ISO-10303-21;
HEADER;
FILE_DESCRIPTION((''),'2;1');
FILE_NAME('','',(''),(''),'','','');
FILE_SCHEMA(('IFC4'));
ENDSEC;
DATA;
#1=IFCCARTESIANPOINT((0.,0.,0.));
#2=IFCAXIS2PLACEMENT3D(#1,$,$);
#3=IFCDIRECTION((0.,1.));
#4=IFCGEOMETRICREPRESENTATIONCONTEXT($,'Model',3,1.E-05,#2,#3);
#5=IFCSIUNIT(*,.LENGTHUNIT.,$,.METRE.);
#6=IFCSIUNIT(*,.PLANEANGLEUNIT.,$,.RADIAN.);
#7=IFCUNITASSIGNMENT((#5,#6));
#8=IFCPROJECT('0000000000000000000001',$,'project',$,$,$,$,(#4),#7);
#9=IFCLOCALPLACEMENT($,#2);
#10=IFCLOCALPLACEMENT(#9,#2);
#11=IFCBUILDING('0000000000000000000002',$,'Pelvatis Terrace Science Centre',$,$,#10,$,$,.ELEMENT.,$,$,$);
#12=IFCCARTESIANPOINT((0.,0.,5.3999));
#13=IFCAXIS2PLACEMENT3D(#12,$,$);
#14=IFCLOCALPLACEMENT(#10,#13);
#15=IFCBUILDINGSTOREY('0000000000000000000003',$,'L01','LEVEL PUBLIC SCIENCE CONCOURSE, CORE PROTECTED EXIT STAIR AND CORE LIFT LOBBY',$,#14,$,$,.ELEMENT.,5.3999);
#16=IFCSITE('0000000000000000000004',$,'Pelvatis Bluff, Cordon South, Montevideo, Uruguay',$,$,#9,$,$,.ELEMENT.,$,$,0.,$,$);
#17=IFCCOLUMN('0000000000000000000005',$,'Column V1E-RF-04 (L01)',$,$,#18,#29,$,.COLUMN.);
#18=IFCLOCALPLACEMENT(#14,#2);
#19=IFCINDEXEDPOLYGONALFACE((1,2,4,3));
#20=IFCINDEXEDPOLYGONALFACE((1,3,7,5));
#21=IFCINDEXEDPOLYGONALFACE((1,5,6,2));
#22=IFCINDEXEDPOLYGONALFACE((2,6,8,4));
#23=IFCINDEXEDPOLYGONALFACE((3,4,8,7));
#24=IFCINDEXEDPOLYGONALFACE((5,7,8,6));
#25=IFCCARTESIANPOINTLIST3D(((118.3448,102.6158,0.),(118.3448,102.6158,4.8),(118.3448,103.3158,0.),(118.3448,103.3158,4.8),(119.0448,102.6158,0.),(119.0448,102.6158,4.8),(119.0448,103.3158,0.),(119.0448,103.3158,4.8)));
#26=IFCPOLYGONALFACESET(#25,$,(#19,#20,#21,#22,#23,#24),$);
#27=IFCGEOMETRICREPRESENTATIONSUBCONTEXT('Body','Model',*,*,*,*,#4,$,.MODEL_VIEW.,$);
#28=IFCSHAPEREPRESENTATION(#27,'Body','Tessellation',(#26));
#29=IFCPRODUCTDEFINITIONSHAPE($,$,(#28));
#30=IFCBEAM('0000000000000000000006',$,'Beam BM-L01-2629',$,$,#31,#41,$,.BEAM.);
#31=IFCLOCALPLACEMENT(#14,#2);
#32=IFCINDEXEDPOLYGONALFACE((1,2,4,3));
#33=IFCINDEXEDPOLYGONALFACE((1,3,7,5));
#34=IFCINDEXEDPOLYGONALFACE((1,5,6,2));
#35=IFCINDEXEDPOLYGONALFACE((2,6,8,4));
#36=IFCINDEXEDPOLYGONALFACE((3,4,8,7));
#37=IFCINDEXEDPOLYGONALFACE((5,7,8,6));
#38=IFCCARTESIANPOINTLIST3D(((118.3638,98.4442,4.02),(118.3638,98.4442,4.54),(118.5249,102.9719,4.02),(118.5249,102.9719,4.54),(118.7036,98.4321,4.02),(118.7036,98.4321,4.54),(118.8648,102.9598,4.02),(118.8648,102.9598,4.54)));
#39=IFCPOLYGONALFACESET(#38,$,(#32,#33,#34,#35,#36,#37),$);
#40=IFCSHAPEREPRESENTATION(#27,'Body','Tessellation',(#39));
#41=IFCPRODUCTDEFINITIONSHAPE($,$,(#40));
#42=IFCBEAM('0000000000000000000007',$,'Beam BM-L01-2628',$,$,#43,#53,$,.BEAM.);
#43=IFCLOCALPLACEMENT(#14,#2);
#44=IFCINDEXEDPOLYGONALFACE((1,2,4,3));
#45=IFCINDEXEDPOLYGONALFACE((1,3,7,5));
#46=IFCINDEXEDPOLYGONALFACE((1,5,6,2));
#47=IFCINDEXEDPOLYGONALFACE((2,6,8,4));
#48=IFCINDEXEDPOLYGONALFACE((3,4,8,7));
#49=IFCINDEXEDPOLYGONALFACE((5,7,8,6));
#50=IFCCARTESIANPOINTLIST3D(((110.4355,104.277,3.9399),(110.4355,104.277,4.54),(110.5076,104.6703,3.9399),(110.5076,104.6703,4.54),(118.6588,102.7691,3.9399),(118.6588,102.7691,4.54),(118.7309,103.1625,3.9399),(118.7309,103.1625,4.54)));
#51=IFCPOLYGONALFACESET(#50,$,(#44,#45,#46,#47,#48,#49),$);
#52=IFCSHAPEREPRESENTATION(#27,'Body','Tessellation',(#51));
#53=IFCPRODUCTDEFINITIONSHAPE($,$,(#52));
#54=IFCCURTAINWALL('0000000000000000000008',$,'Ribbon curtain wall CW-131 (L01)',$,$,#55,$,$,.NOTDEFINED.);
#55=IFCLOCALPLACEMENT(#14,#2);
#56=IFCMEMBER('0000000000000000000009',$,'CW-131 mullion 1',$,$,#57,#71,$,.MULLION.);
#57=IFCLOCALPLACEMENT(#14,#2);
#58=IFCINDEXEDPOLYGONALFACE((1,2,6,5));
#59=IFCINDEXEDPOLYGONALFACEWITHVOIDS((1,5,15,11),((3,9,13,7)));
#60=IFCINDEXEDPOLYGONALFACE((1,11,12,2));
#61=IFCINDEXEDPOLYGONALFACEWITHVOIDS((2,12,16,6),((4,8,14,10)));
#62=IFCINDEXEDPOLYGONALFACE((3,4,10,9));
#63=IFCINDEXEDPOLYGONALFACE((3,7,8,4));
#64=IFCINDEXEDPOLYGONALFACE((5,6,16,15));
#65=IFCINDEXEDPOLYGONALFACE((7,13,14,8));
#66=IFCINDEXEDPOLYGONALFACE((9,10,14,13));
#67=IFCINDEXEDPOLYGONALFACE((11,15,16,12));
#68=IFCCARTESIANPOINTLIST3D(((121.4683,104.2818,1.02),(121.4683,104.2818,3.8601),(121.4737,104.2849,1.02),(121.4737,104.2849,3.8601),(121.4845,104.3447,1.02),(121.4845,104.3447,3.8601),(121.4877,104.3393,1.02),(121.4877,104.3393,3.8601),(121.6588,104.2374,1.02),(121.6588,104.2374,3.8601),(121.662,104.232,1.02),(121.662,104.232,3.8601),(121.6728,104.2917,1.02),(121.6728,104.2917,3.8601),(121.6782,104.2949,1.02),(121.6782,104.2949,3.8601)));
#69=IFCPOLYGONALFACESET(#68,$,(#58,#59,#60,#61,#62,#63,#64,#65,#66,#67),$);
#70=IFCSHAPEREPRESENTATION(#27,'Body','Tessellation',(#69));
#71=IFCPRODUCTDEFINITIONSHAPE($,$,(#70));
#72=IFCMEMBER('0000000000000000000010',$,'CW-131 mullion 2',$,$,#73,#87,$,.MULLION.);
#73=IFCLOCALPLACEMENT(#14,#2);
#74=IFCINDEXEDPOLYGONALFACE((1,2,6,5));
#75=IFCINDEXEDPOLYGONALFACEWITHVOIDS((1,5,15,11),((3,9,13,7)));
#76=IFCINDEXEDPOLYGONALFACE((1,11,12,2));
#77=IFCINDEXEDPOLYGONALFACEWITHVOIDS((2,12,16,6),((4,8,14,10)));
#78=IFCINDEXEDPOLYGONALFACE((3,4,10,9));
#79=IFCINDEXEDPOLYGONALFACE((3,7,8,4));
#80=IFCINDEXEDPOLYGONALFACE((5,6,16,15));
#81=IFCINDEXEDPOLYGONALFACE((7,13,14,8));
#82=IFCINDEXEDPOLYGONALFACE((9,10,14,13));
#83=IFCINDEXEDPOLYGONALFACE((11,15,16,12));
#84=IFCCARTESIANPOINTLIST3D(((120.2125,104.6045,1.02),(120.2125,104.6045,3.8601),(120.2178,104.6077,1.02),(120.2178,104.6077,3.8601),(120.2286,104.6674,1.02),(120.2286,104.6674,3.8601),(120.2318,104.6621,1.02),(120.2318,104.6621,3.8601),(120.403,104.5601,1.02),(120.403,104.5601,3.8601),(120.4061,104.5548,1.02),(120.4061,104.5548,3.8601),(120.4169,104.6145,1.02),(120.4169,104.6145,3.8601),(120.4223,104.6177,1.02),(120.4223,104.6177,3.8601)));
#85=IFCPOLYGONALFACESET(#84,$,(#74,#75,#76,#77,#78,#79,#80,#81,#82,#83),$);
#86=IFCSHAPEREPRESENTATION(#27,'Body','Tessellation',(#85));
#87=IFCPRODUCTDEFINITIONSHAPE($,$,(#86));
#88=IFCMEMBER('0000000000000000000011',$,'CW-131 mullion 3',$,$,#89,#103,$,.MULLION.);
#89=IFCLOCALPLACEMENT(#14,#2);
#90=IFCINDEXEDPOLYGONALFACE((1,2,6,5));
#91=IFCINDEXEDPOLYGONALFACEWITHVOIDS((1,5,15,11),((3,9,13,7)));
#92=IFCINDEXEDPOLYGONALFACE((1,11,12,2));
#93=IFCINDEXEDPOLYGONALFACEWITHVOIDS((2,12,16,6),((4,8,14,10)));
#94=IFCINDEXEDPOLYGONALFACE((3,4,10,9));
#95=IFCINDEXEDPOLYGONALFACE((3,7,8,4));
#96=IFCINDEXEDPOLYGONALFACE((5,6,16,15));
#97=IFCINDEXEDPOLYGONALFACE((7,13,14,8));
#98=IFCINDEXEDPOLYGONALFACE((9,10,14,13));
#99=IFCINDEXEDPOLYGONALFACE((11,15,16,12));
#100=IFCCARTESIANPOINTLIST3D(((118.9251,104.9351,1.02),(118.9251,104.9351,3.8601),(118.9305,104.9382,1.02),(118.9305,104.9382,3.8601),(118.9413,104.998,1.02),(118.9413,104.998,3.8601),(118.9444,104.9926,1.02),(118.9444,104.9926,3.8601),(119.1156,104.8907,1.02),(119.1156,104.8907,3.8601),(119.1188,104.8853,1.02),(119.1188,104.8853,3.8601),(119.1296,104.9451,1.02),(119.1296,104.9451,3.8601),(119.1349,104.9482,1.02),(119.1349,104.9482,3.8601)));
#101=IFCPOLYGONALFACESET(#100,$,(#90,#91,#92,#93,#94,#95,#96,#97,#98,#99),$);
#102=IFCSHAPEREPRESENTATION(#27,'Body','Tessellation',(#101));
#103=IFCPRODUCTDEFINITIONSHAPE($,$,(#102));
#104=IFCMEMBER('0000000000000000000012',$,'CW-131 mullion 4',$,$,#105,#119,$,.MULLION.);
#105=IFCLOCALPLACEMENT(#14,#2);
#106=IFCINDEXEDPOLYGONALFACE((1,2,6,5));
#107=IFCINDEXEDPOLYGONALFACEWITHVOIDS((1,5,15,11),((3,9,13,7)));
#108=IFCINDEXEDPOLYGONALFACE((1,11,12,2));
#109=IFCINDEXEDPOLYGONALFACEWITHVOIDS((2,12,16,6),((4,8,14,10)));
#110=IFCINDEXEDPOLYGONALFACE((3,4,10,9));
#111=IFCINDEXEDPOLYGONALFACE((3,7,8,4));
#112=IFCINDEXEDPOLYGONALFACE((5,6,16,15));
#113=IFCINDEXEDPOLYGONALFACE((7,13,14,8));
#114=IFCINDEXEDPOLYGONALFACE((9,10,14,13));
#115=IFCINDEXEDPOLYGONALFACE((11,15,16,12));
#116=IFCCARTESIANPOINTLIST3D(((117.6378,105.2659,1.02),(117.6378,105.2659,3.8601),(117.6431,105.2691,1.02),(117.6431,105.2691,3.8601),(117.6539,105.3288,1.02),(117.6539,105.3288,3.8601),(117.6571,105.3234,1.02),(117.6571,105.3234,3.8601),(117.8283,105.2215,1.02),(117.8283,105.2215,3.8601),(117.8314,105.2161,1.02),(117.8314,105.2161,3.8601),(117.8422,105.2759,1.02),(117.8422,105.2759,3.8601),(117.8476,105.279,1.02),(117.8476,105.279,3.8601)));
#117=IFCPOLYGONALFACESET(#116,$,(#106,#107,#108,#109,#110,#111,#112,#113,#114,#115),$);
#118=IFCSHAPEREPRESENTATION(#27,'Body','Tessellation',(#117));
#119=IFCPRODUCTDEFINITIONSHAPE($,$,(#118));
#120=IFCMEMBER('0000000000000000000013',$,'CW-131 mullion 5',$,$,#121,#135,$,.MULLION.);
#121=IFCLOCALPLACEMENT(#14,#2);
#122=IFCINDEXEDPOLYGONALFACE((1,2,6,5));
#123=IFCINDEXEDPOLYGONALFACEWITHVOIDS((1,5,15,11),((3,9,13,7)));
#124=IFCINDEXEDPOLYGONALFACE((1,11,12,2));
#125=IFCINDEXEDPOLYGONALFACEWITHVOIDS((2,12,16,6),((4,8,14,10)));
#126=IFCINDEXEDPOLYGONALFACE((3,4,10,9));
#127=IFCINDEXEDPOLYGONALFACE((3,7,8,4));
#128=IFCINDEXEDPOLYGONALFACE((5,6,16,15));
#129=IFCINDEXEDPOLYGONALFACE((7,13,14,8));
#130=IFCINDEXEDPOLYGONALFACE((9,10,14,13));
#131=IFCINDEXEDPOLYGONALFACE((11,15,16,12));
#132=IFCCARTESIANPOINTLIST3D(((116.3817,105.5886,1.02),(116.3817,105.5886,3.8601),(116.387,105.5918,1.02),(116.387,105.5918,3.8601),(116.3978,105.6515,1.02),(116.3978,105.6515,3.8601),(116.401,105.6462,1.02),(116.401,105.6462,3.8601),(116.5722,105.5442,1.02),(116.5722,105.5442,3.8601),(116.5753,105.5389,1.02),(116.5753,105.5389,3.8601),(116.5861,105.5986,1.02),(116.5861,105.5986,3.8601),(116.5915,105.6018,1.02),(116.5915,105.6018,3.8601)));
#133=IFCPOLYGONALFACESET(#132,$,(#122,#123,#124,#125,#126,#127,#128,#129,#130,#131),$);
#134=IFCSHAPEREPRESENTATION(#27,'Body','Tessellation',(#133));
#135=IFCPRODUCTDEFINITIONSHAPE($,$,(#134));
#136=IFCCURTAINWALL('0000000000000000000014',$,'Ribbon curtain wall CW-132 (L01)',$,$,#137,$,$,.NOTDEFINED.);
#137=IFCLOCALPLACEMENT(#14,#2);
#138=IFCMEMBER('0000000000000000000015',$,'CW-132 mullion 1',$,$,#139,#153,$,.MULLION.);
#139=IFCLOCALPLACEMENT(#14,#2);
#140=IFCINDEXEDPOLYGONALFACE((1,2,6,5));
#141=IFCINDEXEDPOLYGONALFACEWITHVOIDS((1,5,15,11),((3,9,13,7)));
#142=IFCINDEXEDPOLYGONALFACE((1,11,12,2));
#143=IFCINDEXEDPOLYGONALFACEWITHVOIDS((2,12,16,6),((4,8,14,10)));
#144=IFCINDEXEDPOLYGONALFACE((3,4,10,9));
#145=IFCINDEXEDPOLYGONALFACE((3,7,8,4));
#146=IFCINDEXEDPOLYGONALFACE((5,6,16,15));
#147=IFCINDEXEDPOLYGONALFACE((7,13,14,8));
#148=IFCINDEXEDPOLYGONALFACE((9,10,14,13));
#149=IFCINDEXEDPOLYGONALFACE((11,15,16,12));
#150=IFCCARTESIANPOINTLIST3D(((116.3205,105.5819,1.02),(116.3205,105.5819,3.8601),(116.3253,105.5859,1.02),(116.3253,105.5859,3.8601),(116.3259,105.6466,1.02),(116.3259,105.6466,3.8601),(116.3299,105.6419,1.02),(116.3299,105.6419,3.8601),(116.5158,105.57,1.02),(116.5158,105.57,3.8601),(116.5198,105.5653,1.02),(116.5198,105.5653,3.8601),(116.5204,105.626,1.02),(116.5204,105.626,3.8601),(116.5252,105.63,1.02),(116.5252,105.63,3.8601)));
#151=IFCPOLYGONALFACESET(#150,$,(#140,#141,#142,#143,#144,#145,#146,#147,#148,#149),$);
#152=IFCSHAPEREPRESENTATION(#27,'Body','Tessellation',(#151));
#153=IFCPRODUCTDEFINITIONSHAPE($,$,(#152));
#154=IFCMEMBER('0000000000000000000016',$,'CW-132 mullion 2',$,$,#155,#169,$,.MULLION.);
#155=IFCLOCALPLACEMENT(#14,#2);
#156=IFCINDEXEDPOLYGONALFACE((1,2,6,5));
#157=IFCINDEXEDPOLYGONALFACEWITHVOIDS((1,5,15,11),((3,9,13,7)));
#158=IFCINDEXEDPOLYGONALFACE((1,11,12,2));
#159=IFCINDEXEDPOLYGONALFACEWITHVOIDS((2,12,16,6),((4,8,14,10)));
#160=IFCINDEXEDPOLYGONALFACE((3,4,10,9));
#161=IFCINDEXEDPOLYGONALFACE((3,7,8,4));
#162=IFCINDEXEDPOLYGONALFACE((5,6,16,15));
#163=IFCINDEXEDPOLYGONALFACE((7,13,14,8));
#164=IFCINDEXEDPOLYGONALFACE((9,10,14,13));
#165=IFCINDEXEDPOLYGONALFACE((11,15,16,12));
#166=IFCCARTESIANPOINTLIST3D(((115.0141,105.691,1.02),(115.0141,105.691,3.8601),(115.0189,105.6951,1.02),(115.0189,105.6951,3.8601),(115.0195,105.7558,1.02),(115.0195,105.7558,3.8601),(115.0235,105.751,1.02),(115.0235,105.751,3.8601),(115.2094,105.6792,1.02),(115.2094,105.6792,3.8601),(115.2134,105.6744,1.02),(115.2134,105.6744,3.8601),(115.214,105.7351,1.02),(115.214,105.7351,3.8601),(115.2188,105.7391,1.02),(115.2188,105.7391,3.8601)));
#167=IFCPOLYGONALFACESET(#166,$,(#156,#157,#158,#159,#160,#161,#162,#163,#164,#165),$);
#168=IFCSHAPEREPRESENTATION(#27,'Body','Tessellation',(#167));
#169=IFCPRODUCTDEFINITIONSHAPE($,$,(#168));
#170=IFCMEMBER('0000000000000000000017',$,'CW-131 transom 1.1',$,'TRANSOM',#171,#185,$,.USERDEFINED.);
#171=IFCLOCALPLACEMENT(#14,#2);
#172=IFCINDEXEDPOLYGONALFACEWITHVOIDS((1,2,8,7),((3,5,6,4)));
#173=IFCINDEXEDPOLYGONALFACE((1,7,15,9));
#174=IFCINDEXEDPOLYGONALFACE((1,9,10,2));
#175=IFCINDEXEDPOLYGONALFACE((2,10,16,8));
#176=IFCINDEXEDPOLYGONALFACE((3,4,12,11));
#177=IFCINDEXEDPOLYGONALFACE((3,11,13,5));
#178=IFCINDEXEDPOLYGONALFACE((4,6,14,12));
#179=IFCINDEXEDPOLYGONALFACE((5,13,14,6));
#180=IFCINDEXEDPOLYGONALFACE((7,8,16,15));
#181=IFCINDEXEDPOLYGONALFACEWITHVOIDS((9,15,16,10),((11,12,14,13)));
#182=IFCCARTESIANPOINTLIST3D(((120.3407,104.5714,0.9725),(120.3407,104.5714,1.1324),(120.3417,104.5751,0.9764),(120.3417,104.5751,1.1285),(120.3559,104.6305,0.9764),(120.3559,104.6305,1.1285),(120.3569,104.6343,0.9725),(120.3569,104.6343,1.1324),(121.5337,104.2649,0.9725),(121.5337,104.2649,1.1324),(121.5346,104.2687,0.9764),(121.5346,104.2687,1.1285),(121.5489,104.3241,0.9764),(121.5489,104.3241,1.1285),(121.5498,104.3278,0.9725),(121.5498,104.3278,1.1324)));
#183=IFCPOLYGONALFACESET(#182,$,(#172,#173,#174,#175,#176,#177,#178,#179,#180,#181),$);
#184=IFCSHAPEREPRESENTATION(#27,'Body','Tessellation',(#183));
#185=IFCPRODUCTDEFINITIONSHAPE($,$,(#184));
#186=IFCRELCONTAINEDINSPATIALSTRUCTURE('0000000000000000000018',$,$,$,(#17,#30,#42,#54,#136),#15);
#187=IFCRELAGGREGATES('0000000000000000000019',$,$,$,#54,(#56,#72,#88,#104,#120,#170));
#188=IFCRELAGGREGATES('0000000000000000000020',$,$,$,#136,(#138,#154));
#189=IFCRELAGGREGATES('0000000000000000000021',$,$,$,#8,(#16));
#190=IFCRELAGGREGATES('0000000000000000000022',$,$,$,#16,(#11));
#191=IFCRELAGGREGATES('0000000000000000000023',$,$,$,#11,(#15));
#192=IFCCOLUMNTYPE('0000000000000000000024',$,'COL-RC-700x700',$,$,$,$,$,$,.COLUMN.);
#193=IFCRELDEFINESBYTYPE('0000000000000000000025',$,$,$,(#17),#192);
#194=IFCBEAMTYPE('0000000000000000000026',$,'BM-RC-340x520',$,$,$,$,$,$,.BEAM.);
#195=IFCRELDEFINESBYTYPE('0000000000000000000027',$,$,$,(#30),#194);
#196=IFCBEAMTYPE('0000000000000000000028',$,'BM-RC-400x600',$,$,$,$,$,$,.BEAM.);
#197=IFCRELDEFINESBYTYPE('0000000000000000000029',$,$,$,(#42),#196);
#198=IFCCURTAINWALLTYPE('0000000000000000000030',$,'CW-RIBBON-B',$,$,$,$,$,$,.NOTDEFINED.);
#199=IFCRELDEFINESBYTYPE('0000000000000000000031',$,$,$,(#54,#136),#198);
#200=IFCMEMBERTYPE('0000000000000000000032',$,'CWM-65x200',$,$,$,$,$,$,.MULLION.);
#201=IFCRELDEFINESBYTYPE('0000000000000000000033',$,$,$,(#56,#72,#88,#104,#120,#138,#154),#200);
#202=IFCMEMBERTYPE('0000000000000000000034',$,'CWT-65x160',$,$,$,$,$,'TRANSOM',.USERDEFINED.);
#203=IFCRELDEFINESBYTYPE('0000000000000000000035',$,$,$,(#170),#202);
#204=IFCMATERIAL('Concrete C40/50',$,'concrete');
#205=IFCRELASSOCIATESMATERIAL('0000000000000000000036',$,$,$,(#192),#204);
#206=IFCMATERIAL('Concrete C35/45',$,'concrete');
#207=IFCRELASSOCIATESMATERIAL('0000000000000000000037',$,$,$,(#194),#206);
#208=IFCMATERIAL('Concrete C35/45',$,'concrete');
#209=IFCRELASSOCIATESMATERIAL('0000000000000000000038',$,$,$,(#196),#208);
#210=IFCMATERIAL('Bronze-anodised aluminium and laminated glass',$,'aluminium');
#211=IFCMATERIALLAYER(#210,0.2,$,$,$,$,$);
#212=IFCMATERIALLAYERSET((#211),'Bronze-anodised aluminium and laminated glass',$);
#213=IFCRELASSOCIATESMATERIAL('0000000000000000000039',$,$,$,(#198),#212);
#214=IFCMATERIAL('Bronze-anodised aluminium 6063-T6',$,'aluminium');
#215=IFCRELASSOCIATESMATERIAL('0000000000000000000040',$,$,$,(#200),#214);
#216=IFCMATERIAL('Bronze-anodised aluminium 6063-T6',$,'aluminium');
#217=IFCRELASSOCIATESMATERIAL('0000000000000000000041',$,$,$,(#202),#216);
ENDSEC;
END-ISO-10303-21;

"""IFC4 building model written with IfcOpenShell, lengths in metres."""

from ifc_helpers import new_model, si_unit, direction, frame, origin, origin_2d, place, context, subcontext, project, spatial, rectangle, hollow_rectangle, extrude, material, layer, layer_set, material_profile, profile_set, type_object, element, aggregate, save


model = new_model("IFC4")

# Units and contexts
model_context = context("Model", 3, precision=1e-05, world=origin(), true_north=direction((0.0, 1.0)))
body_context = subcontext(model_context, "Body", "Model", "MODEL_VIEW")
ifc_project = project(units=[si_unit("LENGTHUNIT", "METRE"), si_unit("PLANEANGLEUNIT", "RADIAN")], contexts=[model_context])

# Site, building, storey
site_placement = place(None, origin())
site = spatial("IfcSite", under=ifc_project, at=site_placement, Name="Pelvatis Bluff, Cordon South, Montevideo, Uruguay", CompositionType="ELEMENT", RefElevation=0.0)
building_placement = place(site_placement, origin())
building = spatial("IfcBuilding", under=site, at=building_placement, Name="Pelvatis Terrace Science Centre", CompositionType="ELEMENT")
storey_placement = place(building_placement, frame((0.0, 0.0, 5.3999)))
storey = spatial("IfcBuildingStorey", under=building, at=storey_placement, Name="L01", Description="LEVEL PUBLIC SCIENCE CONCOURSE, CORE PROTECTED EXIT STAIR AND CORE LIFT LOBBY", CompositionType="ELEMENT", Elevation=5.3999)

# Column
ifc_material_1 = material(Name="Concrete C40/50", Category="concrete")
ifc_material_profile_1 = material_profile(ifc_material_1, rectangle(XDim=0.7, YDim=0.7, at=origin_2d()), Name="RC-COL 700x700")
ifc_profile_set_1 = profile_set([ifc_material_profile_1], Name="Concrete C40/50")
column_type = type_object("IfcColumnType", Name="COL-RC-700x700", PredefinedType="COLUMN", material=ifc_profile_set_1)
column_placement = place(storey_placement, frame((118.6948, 102.9658, 0.0), z_axis=(0.0, 0.0, 1.0), x_axis=(1.0, 0.0, 0.0)))
element("IfcColumn", 1, at=column_placement, inside=storey, type_object=column_type, Name="Column V1E-RF-04 (L01)", PredefinedType="COLUMN", context=body_context, shape_type="SweptSolid", body=[
    extrude(rectangle(XDim=0.7, YDim=0.7, at=origin_2d()), origin(), (0.0, 0.0, 1.0), 4.8),
])

# Beams
ifc_material_2 = material(Name="Concrete C35/45", Category="concrete")
ifc_material_profile_2 = material_profile(ifc_material_2, rectangle(XDim=0.3401, YDim=0.52, at=origin_2d()), Name="RC-BM 340x520")
ifc_profile_set_2 = profile_set([ifc_material_profile_2], Name="Concrete C35/45")
beam_type_1 = type_object("IfcBeamType", Name="BM-RC-340x520", PredefinedType="BEAM", material=ifc_profile_set_2)
beam_1_placement = place(storey_placement, frame((118.6948, 102.9658, 4.28), z_axis=(-0.035567, -0.999367, 0.0), x_axis=(0.999367, -0.035567, 0.0)))
element("IfcBeam", 2, at=beam_1_placement, inside=storey, type_object=beam_type_1, Name="Beam BM-L01-2629", PredefinedType="BEAM", context=body_context, shape_type="SweptSolid", body=[
    extrude(rectangle(XDim=0.3401, YDim=0.52, at=origin_2d()), origin(), (0.0, 0.0, 1.0), 4.5305),
])
ifc_material_3 = material(Name="Concrete C35/45", Category="concrete")
ifc_material_profile_3 = material_profile(ifc_material_3, rectangle(XDim=0.3999, YDim=0.6001, at=origin_2d()), Name="RC-BM 400x600")
ifc_profile_set_3 = profile_set([ifc_material_profile_3], Name="Concrete C35/45")
beam_type_2 = type_object("IfcBeamType", Name="BM-RC-400x600", PredefinedType="BEAM", material=ifc_profile_set_3)
beam_2_placement = place(storey_placement, frame((118.6948, 102.9658, 4.24), z_axis=(-0.983602, 0.180355, 0.0), x_axis=(-0.180355, -0.983602, 0.0)))
element("IfcBeam", 3, at=beam_2_placement, inside=storey, type_object=beam_type_2, Name="Beam BM-L01-2628", PredefinedType="BEAM", context=body_context, shape_type="SweptSolid", body=[
    extrude(rectangle(XDim=0.3999, YDim=0.6001, at=origin_2d()), origin(), (0.0, 0.0, 1.0), 8.3604),
])

# Curtain walls, members
ifc_material_4 = material(Name="Bronze-anodised aluminium and laminated glass", Category="aluminium")
ifc_layer_1 = layer(ifc_material_4, 0.2)
ifc_layer_set_1 = layer_set([ifc_layer_1], Name="Bronze-anodised aluminium and laminated glass")
curtain_wall_type = type_object("IfcCurtainWallType", Name="CW-RIBBON-B", PredefinedType="NOTDEFINED", material=ifc_layer_set_1)
curtain_wall_1_placement = place(storey_placement, origin())
curtain_wall_1 = element("IfcCurtainWall", 4, at=curtain_wall_1_placement, inside=storey, type_object=curtain_wall_type, Name="Ribbon curtain wall CW-131 (L01)", PredefinedType="NOTDEFINED")
ifc_material_5 = material(Name="Bronze-anodised aluminium 6063-T6", Category="aluminium")
ifc_material_profile_4 = material_profile(ifc_material_5, hollow_rectangle(XDim=0.0649, YDim=0.2, WallThickness=0.0044, at=origin_2d()), Name="ALU-MUL 65x200")
ifc_profile_set_4 = profile_set([ifc_material_profile_4], Name="Bronze-anodised aluminium 6063-T6")
member_type_1 = type_object("IfcMemberType", Name="CWM-65x200", PredefinedType="MULLION", material=ifc_profile_set_4)
member_1_placement = place(storey_placement, frame((121.5732, 104.2883, 1.02), z_axis=(0.0, 0.0, 1.0), x_axis=(-0.248855, -0.968541, 0.0)))
member_1 = element("IfcMember", 5, at=member_1_placement, type_object=member_type_1, Name="CW-131 mullion 1", PredefinedType="MULLION", context=body_context, shape_type="SweptSolid", body=[
    extrude(hollow_rectangle(XDim=0.0649, YDim=0.2, WallThickness=0.0044, at=origin_2d()), origin(), (0.0, 0.0, 1.0), 2.8401),
])
member_2_placement = place(storey_placement, frame((120.3174, 104.6111, 1.02), z_axis=(0.0, 0.0, 1.0), x_axis=(-0.248855, -0.968541, 0.0)))
member_2 = element("IfcMember", 6, at=member_2_placement, type_object=member_type_1, Name="CW-131 mullion 2", PredefinedType="MULLION", context=body_context, shape_type="SweptSolid", body=[
    extrude(hollow_rectangle(XDim=0.0649, YDim=0.2, WallThickness=0.0044, at=origin_2d()), origin(), (0.0, 0.0, 1.0), 2.8401),
])
member_3_placement = place(storey_placement, frame((119.03, 104.9417, 1.02), z_axis=(0.0, 0.0, 1.0), x_axis=(-0.248855, -0.968541, 0.0)))
member_3 = element("IfcMember", 7, at=member_3_placement, type_object=member_type_1, Name="CW-131 mullion 3", PredefinedType="MULLION", context=body_context, shape_type="SweptSolid", body=[
    extrude(hollow_rectangle(XDim=0.0649, YDim=0.2, WallThickness=0.0044, at=origin_2d()), origin(), (0.0, 0.0, 1.0), 2.8401),
])
member_4_placement = place(storey_placement, frame((117.7427, 105.2725, 1.02), z_axis=(0.0, 0.0, 1.0), x_axis=(-0.248855, -0.968541, 0.0)))
member_4 = element("IfcMember", 8, at=member_4_placement, type_object=member_type_1, Name="CW-131 mullion 4", PredefinedType="MULLION", context=body_context, shape_type="SweptSolid", body=[
    extrude(hollow_rectangle(XDim=0.0649, YDim=0.2, WallThickness=0.0044, at=origin_2d()), origin(), (0.0, 0.0, 1.0), 2.8401),
])
member_5_placement = place(storey_placement, frame((116.4866, 105.5952, 1.02), z_axis=(0.0, 0.0, 1.0), x_axis=(-0.248855, -0.968541, 0.0)))
member_5 = element("IfcMember", 9, at=member_5_placement, type_object=member_type_1, Name="CW-131 mullion 5", PredefinedType="MULLION", context=body_context, shape_type="SweptSolid", body=[
    extrude(hollow_rectangle(XDim=0.0649, YDim=0.2, WallThickness=0.0044, at=origin_2d()), origin(), (0.0, 0.0, 1.0), 2.8401),
])
curtain_wall_2_placement = place(storey_placement, origin())
curtain_wall_2 = element("IfcCurtainWall", 10, at=curtain_wall_2_placement, inside=storey, type_object=curtain_wall_type, Name="Ribbon curtain wall CW-132 (L01)", PredefinedType="NOTDEFINED")
member_6_placement = place(storey_placement, frame((116.4229, 105.606, 1.02), z_axis=(0.0, 0.0, 1.0), x_axis=(-0.083126, -0.996539, 0.0)))
member_6 = element("IfcMember", 11, at=member_6_placement, type_object=member_type_1, Name="CW-132 mullion 1", PredefinedType="MULLION", context=body_context, shape_type="SweptSolid", body=[
    extrude(hollow_rectangle(XDim=0.0649, YDim=0.2, WallThickness=0.0044, at=origin_2d()), origin(), (0.0, 0.0, 1.0), 2.8401),
])
member_7_placement = place(storey_placement, frame((115.1165, 105.7151, 1.02), z_axis=(0.0, 0.0, 1.0), x_axis=(-0.083126, -0.996539, 0.0)))
member_7 = element("IfcMember", 12, at=member_7_placement, type_object=member_type_1, Name="CW-132 mullion 2", PredefinedType="MULLION", context=body_context, shape_type="SweptSolid", body=[
    extrude(hollow_rectangle(XDim=0.0649, YDim=0.2, WallThickness=0.0044, at=origin_2d()), origin(), (0.0, 0.0, 1.0), 2.8401),
])

# Member
ifc_material_6 = material(Name="Bronze-anodised aluminium 6063-T6", Category="aluminium")
ifc_material_profile_5 = material_profile(ifc_material_6, hollow_rectangle(XDim=0.0649, YDim=0.1599, WallThickness=0.0039, at=origin_2d()), Name="ALU-TRN 65x160")
ifc_profile_set_5 = profile_set([ifc_material_profile_5], Name="Bronze-anodised aluminium 6063-T6")
member_type_2 = type_object("IfcMemberType", Name="CWT-65x160", ElementType="TRANSOM", PredefinedType="USERDEFINED", material=ifc_profile_set_5)
member_8_placement = place(storey_placement, frame((121.5417, 104.2964, 1.0525), z_axis=(-0.96856, 0.248781, 0.0), x_axis=(-0.248781, -0.96856, 0.0)))
member_8 = element("IfcMember", 13, at=member_8_placement, type_object=member_type_2, Name="CW-131 transom 1.1", ObjectType="TRANSOM", PredefinedType="USERDEFINED", context=body_context, shape_type="SweptSolid", body=[
    extrude(hollow_rectangle(XDim=0.0649, YDim=0.1599, WallThickness=0.0039, at=origin_2d()), origin(), (0.0, 0.0, 1.0), 1.2317),
])

aggregate(curtain_wall_1, [member_1, member_2, member_3, member_4, member_5, member_8])
aggregate(curtain_wall_2, [member_6, member_7])

save(model, "model.ifc")
